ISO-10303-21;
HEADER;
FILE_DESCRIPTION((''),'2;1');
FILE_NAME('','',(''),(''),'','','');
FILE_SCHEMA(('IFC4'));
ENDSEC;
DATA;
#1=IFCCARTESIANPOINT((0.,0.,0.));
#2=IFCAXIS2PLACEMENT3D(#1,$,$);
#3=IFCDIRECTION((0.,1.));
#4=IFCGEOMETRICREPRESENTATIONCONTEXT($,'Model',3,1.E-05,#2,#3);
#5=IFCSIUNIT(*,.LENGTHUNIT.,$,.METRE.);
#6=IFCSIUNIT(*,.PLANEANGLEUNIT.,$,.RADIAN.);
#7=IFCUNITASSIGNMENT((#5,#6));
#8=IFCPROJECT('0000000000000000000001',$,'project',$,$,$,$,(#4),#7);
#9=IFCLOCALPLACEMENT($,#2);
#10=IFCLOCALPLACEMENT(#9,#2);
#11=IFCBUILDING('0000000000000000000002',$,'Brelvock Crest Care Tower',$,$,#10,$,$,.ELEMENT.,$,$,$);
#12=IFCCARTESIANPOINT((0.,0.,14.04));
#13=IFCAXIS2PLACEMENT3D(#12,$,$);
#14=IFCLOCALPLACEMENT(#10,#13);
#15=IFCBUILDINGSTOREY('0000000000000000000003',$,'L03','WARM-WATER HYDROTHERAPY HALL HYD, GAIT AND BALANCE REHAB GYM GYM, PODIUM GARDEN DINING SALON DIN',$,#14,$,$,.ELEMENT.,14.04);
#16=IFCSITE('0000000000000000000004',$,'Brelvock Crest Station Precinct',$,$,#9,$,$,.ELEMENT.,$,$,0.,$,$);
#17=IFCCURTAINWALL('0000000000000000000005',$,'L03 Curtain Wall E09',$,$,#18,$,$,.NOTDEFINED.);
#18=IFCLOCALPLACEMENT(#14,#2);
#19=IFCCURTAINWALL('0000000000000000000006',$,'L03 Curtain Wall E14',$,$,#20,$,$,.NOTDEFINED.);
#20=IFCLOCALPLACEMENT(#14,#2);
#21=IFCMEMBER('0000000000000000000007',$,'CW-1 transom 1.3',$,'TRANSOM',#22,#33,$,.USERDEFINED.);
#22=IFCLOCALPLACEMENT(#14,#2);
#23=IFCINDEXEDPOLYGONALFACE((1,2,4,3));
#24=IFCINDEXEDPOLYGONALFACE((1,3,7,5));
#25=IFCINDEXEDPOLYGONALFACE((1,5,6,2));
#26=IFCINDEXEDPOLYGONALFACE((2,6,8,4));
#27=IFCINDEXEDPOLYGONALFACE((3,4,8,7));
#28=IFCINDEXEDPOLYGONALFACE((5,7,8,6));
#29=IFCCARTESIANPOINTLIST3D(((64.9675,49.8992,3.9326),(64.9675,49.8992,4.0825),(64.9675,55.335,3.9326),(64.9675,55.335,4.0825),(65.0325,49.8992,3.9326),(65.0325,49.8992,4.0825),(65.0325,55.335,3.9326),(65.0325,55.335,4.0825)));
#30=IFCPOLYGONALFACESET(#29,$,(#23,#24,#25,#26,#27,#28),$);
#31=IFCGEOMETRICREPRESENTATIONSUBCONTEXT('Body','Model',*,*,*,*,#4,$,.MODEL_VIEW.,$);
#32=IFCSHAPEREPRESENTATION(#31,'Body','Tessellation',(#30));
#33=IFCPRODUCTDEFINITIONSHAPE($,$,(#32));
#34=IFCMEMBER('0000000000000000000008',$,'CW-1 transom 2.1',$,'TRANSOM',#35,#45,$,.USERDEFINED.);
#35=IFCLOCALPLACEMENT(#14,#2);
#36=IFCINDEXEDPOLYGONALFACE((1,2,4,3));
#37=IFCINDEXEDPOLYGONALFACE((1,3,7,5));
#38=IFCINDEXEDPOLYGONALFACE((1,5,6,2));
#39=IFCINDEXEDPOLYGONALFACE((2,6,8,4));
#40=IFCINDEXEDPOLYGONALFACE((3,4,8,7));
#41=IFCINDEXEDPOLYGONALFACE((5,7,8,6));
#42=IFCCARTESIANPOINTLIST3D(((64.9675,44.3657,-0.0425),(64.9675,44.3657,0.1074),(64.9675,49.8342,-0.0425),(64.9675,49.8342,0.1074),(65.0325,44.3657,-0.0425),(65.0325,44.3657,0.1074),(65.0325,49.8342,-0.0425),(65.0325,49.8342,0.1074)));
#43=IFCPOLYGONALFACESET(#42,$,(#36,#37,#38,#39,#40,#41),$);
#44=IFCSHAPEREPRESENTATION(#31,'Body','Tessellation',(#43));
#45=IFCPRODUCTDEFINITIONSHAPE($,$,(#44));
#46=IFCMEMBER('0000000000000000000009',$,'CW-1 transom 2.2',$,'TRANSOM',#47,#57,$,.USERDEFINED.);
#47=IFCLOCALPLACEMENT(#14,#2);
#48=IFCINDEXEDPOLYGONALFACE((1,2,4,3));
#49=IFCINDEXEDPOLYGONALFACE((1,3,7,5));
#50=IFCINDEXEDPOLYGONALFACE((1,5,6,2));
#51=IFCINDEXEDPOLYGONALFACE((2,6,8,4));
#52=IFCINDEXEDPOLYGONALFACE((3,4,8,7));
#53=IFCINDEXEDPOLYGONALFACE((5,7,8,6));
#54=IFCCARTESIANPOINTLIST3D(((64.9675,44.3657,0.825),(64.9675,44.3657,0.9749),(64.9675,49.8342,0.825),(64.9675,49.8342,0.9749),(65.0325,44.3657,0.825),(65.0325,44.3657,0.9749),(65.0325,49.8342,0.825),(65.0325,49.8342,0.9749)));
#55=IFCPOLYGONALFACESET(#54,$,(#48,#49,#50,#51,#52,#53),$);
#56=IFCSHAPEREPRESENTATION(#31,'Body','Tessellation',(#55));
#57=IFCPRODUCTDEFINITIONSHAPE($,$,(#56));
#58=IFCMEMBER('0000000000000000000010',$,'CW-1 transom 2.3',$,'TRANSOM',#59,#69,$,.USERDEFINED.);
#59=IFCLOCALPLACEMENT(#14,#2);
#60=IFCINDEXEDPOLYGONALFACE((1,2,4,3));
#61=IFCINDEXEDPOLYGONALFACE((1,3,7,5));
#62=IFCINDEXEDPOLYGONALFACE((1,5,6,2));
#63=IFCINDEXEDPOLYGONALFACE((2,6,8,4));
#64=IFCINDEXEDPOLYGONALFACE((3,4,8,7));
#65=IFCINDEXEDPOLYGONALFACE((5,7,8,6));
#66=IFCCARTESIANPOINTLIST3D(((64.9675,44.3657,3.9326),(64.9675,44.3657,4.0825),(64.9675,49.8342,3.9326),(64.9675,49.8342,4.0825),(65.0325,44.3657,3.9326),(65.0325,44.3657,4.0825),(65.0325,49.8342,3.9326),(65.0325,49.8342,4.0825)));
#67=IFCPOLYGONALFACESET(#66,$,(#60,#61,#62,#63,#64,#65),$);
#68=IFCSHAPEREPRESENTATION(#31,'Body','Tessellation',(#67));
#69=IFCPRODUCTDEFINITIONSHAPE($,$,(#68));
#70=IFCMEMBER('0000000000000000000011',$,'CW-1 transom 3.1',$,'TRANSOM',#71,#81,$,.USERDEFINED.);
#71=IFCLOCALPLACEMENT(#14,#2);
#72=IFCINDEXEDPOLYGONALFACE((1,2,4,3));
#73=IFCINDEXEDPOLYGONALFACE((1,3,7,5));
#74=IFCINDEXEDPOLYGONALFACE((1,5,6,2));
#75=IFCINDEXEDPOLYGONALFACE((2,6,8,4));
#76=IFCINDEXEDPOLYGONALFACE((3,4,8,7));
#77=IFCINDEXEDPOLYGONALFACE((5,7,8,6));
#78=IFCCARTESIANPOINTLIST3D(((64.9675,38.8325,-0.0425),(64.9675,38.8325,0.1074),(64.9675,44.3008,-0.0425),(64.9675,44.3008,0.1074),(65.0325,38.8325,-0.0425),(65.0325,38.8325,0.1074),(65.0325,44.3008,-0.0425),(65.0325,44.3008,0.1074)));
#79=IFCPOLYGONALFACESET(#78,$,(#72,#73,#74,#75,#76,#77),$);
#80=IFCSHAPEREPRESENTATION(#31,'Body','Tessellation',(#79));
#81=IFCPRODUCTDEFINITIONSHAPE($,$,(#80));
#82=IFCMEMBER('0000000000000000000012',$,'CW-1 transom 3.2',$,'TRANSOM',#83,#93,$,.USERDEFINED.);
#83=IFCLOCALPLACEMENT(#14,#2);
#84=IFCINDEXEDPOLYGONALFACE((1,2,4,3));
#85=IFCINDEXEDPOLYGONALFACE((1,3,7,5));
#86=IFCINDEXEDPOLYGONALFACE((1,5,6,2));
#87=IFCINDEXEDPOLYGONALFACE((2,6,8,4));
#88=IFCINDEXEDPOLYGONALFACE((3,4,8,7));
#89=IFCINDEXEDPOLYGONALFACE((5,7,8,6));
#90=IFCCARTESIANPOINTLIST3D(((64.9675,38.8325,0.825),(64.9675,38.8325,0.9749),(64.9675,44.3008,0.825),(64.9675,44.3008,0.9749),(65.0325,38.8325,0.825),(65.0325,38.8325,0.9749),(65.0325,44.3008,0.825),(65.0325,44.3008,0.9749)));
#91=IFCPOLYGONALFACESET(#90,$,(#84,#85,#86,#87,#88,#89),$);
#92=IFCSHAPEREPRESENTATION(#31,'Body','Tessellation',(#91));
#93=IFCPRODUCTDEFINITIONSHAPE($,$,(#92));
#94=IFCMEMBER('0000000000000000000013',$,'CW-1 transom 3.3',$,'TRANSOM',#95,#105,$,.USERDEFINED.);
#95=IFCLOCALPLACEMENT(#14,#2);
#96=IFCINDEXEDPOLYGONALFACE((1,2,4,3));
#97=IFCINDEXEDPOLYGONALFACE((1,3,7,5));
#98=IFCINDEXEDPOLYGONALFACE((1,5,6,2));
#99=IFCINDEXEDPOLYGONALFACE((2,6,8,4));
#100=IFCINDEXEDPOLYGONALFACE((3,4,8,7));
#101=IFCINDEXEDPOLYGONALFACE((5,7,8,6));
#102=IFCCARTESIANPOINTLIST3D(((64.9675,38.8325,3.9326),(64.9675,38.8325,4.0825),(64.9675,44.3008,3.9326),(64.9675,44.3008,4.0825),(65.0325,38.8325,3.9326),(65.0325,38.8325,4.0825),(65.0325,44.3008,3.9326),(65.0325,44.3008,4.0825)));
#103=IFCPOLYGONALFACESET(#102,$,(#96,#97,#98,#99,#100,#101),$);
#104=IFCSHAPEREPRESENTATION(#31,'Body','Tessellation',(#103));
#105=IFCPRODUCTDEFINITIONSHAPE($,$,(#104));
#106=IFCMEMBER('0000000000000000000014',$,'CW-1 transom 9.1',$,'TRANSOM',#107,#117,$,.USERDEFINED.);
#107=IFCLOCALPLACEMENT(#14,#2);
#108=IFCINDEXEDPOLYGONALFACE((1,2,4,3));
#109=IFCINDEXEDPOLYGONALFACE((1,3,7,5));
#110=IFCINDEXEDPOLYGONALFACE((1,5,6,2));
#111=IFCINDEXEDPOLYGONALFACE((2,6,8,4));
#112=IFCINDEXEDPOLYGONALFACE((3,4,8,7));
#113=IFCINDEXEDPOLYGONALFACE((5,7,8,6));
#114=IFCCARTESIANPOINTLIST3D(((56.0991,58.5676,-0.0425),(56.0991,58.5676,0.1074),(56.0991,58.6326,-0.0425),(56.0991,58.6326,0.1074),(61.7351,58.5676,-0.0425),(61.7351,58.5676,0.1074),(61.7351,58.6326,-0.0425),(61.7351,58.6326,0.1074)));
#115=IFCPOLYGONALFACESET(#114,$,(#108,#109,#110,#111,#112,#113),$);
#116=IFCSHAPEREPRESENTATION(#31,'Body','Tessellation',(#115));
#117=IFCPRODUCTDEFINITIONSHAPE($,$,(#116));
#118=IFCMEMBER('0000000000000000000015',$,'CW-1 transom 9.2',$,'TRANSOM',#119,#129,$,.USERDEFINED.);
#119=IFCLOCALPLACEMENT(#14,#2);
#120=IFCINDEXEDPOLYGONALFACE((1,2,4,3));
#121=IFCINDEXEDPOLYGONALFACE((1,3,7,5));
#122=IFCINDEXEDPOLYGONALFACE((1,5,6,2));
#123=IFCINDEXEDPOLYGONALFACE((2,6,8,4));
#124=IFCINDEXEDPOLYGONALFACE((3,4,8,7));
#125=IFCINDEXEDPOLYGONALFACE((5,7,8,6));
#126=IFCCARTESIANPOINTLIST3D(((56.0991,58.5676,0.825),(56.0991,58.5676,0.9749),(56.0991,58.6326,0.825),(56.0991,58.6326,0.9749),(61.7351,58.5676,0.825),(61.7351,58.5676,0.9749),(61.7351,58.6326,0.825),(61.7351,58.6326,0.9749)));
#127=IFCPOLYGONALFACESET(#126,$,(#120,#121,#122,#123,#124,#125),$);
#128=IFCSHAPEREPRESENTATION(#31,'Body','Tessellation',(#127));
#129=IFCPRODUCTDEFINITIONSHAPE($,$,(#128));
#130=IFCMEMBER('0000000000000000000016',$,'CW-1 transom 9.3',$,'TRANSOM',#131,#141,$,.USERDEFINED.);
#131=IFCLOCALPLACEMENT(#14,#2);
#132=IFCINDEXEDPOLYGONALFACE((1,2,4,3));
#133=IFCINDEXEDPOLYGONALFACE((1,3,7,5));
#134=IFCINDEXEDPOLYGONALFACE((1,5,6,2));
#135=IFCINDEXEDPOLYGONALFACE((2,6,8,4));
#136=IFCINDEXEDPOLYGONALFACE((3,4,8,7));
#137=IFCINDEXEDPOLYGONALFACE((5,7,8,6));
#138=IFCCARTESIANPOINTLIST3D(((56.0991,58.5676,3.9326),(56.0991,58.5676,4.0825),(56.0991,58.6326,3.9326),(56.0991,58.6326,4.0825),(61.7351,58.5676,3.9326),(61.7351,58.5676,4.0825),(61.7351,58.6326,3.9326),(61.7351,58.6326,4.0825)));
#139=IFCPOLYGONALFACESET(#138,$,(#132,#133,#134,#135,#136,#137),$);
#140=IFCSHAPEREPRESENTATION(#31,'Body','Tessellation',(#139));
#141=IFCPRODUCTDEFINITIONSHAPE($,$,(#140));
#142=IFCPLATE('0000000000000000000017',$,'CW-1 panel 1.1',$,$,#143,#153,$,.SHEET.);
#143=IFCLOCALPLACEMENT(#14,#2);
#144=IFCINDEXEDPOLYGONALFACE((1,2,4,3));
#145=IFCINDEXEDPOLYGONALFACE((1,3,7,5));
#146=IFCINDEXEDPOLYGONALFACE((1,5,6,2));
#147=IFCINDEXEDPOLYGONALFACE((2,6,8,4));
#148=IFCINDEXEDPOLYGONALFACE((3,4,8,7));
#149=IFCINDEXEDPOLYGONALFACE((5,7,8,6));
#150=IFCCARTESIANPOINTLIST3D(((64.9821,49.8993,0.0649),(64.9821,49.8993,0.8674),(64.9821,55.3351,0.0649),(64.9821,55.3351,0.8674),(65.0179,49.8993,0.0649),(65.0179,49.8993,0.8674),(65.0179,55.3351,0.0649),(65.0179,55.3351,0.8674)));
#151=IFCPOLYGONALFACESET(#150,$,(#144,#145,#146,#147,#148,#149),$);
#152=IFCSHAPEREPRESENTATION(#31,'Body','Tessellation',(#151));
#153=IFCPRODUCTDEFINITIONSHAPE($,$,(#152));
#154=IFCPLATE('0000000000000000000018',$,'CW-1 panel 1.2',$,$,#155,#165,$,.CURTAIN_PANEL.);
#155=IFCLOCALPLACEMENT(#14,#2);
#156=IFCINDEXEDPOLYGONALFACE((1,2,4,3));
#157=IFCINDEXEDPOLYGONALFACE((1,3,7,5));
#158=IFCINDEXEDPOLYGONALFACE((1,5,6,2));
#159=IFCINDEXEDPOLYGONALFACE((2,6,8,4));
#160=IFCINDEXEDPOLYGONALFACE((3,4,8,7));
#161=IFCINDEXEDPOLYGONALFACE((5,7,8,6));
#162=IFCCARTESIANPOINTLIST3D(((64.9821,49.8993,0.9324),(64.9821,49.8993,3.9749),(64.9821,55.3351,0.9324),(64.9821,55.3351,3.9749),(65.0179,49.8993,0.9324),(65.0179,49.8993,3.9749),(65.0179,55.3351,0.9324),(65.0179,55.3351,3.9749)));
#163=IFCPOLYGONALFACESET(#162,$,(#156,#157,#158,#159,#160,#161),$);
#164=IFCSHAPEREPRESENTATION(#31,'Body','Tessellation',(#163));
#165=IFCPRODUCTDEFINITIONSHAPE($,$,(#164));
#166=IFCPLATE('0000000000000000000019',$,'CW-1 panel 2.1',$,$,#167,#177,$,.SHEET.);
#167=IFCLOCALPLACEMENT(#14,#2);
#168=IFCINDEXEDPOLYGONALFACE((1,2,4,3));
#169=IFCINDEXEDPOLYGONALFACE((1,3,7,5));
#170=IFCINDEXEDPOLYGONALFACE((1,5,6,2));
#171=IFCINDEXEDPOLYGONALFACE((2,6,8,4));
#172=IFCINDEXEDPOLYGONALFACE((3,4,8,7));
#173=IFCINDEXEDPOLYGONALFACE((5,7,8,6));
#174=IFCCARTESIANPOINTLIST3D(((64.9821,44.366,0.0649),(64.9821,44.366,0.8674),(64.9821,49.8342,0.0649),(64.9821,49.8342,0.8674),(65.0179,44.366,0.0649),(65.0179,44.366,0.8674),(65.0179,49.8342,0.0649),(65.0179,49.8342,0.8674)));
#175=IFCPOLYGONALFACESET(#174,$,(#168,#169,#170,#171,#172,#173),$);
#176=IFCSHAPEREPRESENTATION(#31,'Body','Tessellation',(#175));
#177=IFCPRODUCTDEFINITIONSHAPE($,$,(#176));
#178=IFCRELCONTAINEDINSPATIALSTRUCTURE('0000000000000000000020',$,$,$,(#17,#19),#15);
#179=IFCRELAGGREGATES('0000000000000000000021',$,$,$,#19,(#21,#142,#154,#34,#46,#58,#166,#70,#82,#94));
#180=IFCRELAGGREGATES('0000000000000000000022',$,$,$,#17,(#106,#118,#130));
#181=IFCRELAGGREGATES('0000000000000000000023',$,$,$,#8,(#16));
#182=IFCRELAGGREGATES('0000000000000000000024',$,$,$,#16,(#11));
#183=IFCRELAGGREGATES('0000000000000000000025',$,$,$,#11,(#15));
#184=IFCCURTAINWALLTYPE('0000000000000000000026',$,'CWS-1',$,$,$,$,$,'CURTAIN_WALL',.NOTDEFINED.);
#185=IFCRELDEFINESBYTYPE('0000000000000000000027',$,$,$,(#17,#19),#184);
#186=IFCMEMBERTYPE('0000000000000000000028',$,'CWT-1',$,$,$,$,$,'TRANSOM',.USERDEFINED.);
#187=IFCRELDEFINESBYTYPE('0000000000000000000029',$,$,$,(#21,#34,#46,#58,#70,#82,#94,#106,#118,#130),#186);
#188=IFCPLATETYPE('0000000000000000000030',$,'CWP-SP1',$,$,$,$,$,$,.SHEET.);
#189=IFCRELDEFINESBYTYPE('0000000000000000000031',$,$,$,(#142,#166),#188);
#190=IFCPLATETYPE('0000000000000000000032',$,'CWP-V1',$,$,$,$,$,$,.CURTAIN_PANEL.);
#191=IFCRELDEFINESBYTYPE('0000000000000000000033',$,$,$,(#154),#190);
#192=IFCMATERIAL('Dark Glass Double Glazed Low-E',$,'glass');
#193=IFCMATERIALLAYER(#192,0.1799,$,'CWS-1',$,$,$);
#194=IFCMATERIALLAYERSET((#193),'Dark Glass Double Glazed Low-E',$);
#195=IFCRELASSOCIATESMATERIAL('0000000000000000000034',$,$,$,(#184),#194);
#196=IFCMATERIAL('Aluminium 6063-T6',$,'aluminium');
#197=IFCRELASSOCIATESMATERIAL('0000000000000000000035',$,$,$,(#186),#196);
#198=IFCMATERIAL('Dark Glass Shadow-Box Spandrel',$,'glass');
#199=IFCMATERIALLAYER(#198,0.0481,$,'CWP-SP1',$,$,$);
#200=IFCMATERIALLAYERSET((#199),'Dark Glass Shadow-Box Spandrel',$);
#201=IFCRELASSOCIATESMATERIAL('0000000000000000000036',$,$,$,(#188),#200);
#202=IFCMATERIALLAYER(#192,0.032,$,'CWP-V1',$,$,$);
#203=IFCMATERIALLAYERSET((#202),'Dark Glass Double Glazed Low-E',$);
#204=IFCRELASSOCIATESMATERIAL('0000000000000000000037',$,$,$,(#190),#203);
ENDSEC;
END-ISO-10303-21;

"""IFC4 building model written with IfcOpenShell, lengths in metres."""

from ifc_helpers import new_model, si_unit, direction, frame, origin, origin_2d, place, context, subcontext, project, spatial, rectangle, extrude, source, transform, mapped, material, layer, layer_set, material_profile, profile_set, type_object, element, aggregate, save


model = new_model("IFC4")

# Units and contexts
model_context = context("Model", 3, precision=1e-05, world=origin(), true_north=direction((0.0, 1.0)))
body_context = subcontext(model_context, "Body", "Model", "MODEL_VIEW")
ifc_project = project(units=[si_unit("LENGTHUNIT", "METRE"), si_unit("PLANEANGLEUNIT", "RADIAN")], contexts=[model_context])

# Site, building, storey
site_placement = place(None, origin())
site = spatial("IfcSite", under=ifc_project, at=site_placement, Name="Brelvock Crest Station Precinct", CompositionType="ELEMENT", RefElevation=0.0)
building_placement = place(site_placement, origin())
building = spatial("IfcBuilding", under=site, at=building_placement, Name="Brelvock Crest Care Tower", CompositionType="ELEMENT")
storey_placement = place(building_placement, frame((0.0, 0.0, 14.04)))
storey = spatial("IfcBuildingStorey", under=building, at=storey_placement, Name="L03", Description="WARM-WATER HYDROTHERAPY HALL HYD, GAIT AND BALANCE REHAB GYM GYM, PODIUM GARDEN DINING SALON DIN", CompositionType="ELEMENT", Elevation=14.04)

# Curtain walls, members
ifc_material_1 = material(Name="Dark Glass Double Glazed Low-E", Category="glass")
ifc_layer_1 = layer(ifc_material_1, 0.1799, Name="CWS-1")
ifc_layer_set_1 = layer_set([ifc_layer_1], Name="Dark Glass Double Glazed Low-E")
curtain_wall_type = type_object("IfcCurtainWallType", Name="CWS-1", ElementType="CURTAIN_WALL", PredefinedType="NOTDEFINED", material=ifc_layer_set_1)
curtain_wall_1_placement = place(storey_placement, origin())
curtain_wall_1 = element("IfcCurtainWall", 1, at=curtain_wall_1_placement, inside=storey, type_object=curtain_wall_type, Name="L03 Curtain Wall E09", PredefinedType="NOTDEFINED")
ifc_material_2 = material(Name="Aluminium 6063-T6", Category="aluminium")
curtain_wall_2_placement = place(storey_placement, origin())
curtain_wall_2 = element("IfcCurtainWall", 2, at=curtain_wall_2_placement, inside=storey, type_object=curtain_wall_type, Name="L03 Curtain Wall E14", PredefinedType="NOTDEFINED")
ifc_material_profile_1 = material_profile(ifc_material_2, rectangle(XDim=0.0649, YDim=0.1499, at=origin_2d()), Name="ALU65x150")
ifc_profile_set_1 = profile_set([ifc_material_profile_1], Name="Aluminium 6063-T6")
member_type_1 = type_object("IfcMemberType", Name="CWT-1", ElementType="TRANSOM", PredefinedType="USERDEFINED", material=ifc_profile_set_1)
shared_shape_1 = source(origin(), body_context, "Body", "SweptSolid", [
    extrude(rectangle(XDim=0.0649, YDim=0.1499, at=origin_2d()), origin(), (0.0, 0.0, 1.0), 5.4358),
])
member_1_placement = place(storey_placement, frame((65.0, 55.335, 4.0076), z_axis=(0.0, -1.0, 0.0), x_axis=(1.0, 0.0, 0.0)))
member_1 = element("IfcMember", 3, at=member_1_placement, type_object=member_type_1, Name="CW-1 transom 1.3", ObjectType="TRANSOM", PredefinedType="USERDEFINED", context=body_context, shape_type="MappedRepresentation", body=[
    mapped(shared_shape_1, transform((0.0, 0.0, 0.0), x_axis=(1.0, 0.0, 0.0), y_axis=(0.0, 1.0, 0.0), z_axis=(0.0, 0.0, 1.0), scale=1.0)),
])
shared_shape_2 = source(origin(), body_context, "Body", "SweptSolid", [
    extrude(rectangle(XDim=0.0649, YDim=0.1499, at=origin_2d()), origin(), (0.0, 0.0, 1.0), 5.4685),
])
member_2_placement = place(storey_placement, frame((65.0, 49.8342, 0.0325), z_axis=(0.0, -1.0, 0.0), x_axis=(1.0, 0.0, 0.0)))
member_2 = element("IfcMember", 4, at=member_2_placement, type_object=member_type_1, Name="CW-1 transom 2.1", ObjectType="TRANSOM", PredefinedType="USERDEFINED", context=body_context, shape_type="MappedRepresentation", body=[
    mapped(shared_shape_2, transform((0.0, 0.0, 0.0), x_axis=(1.0, 0.0, 0.0), y_axis=(0.0, 1.0, 0.0), z_axis=(0.0, 0.0, 1.0), scale=1.0)),
])
member_3_placement = place(storey_placement, frame((65.0, 49.8342, 0.8999), z_axis=(0.0, -1.0, 0.0), x_axis=(1.0, 0.0, 0.0)))
member_3 = element("IfcMember", 5, at=member_3_placement, type_object=member_type_1, Name="CW-1 transom 2.2", ObjectType="TRANSOM", PredefinedType="USERDEFINED", context=body_context, shape_type="MappedRepresentation", body=[
    mapped(shared_shape_2, transform((0.0, 0.0, 0.0), x_axis=(1.0, 0.0, 0.0), y_axis=(0.0, 1.0, 0.0), z_axis=(0.0, 0.0, 1.0), scale=1.0)),
])
member_4_placement = place(storey_placement, frame((65.0, 49.8342, 4.0076), z_axis=(0.0, -1.0, 0.0), x_axis=(1.0, 0.0, 0.0)))
member_4 = element("IfcMember", 6, at=member_4_placement, type_object=member_type_1, Name="CW-1 transom 2.3", ObjectType="TRANSOM", PredefinedType="USERDEFINED", context=body_context, shape_type="MappedRepresentation", body=[
    mapped(shared_shape_2, transform((0.0, 0.0, 0.0), x_axis=(1.0, 0.0, 0.0), y_axis=(0.0, 1.0, 0.0), z_axis=(0.0, 0.0, 1.0), scale=1.0)),
])
shared_shape_3 = source(origin(), body_context, "Body", "SweptSolid", [
    extrude(rectangle(XDim=0.0649, YDim=0.1499, at=origin_2d()), origin(), (0.0, 0.0, 1.0), 5.4683),
])
member_5_placement = place(storey_placement, frame((65.0, 44.3008, 0.0325), z_axis=(0.0, -1.0, 0.0), x_axis=(1.0, 0.0, 0.0)))
member_5 = element("IfcMember", 7, at=member_5_placement, type_object=member_type_1, Name="CW-1 transom 3.1", ObjectType="TRANSOM", PredefinedType="USERDEFINED", context=body_context, shape_type="MappedRepresentation", body=[
    mapped(shared_shape_3, transform((0.0, 0.0, 0.0), x_axis=(1.0, 0.0, 0.0), y_axis=(0.0, 1.0, 0.0), z_axis=(0.0, 0.0, 1.0), scale=1.0)),
])
member_6_placement = place(storey_placement, frame((65.0, 44.3008, 0.8999), z_axis=(0.0, -1.0, 0.0), x_axis=(1.0, 0.0, 0.0)))
member_6 = element("IfcMember", 8, at=member_6_placement, type_object=member_type_1, Name="CW-1 transom 3.2", ObjectType="TRANSOM", PredefinedType="USERDEFINED", context=body_context, shape_type="MappedRepresentation", body=[
    mapped(shared_shape_3, transform((0.0, 0.0, 0.0), x_axis=(1.0, 0.0, 0.0), y_axis=(0.0, 1.0, 0.0), z_axis=(0.0, 0.0, 1.0), scale=1.0)),
])
member_7_placement = place(storey_placement, frame((65.0, 44.3008, 4.0076), z_axis=(0.0, -1.0, 0.0), x_axis=(1.0, 0.0, 0.0)))
member_7 = element("IfcMember", 9, at=member_7_placement, type_object=member_type_1, Name="CW-1 transom 3.3", ObjectType="TRANSOM", PredefinedType="USERDEFINED", context=body_context, shape_type="MappedRepresentation", body=[
    mapped(shared_shape_3, transform((0.0, 0.0, 0.0), x_axis=(1.0, 0.0, 0.0), y_axis=(0.0, 1.0, 0.0), z_axis=(0.0, 0.0, 1.0), scale=1.0)),
])

# Members
shared_shape_4 = source(origin(), body_context, "Body", "SweptSolid", [
    extrude(rectangle(XDim=0.0649, YDim=0.1499, at=origin_2d()), origin(), (0.0, 0.0, 1.0), 5.636),
])
member_8_placement = place(storey_placement, frame((56.0991, 58.6001, 0.0325), z_axis=(1.0, 0.0, 0.0), x_axis=(0.0, 1.0, 0.0)))
member_8 = element("IfcMember", 10, at=member_8_placement, type_object=member_type_1, Name="CW-1 transom 9.1", ObjectType="TRANSOM", PredefinedType="USERDEFINED", context=body_context, shape_type="MappedRepresentation", body=[
    mapped(shared_shape_4, transform((0.0, 0.0, 0.0), x_axis=(1.0, 0.0, 0.0), y_axis=(0.0, 1.0, 0.0), z_axis=(0.0, 0.0, 1.0), scale=1.0)),
])
member_9_placement = place(storey_placement, frame((56.0991, 58.6001, 0.8999), z_axis=(1.0, 0.0, 0.0), x_axis=(0.0, 1.0, 0.0)))
member_9 = element("IfcMember", 11, at=member_9_placement, type_object=member_type_1, Name="CW-1 transom 9.2", ObjectType="TRANSOM", PredefinedType="USERDEFINED", context=body_context, shape_type="MappedRepresentation", body=[
    mapped(shared_shape_4, transform((0.0, 0.0, 0.0), x_axis=(1.0, 0.0, 0.0), y_axis=(0.0, 1.0, 0.0), z_axis=(0.0, 0.0, 1.0), scale=1.0)),
])
member_10_placement = place(storey_placement, frame((56.0991, 58.6001, 4.0076), z_axis=(1.0, 0.0, 0.0), x_axis=(0.0, 1.0, 0.0)))
member_10 = element("IfcMember", 12, at=member_10_placement, type_object=member_type_1, Name="CW-1 transom 9.3", ObjectType="TRANSOM", PredefinedType="USERDEFINED", context=body_context, shape_type="MappedRepresentation", body=[
    mapped(shared_shape_4, transform((0.0, 0.0, 0.0), x_axis=(1.0, 0.0, 0.0), y_axis=(0.0, 1.0, 0.0), z_axis=(0.0, 0.0, 1.0), scale=1.0)),
])

# Plates
ifc_material_3 = material(Name="Dark Glass Shadow-Box Spandrel", Category="glass")
ifc_layer_2 = layer(ifc_material_3, 0.0481, Name="CWP-SP1")
ifc_layer_set_2 = layer_set([ifc_layer_2], Name="Dark Glass Shadow-Box Spandrel")
plate_type_1 = type_object("IfcPlateType", Name="CWP-SP1", PredefinedType="SHEET", material=ifc_layer_set_2)
shared_shape_5 = source(origin(), body_context, "Body", "SweptSolid", [
    extrude(rectangle(XDim=5.4358, YDim=0.0359, at=origin_2d()), origin(), (0.0, 0.0, 1.0), 0.8025),
])
plate_1_placement = place(storey_placement, frame((65.0, 52.6172, 0.0649), z_axis=(0.0, 0.0, 1.0), x_axis=(0.0, -1.0, 0.0)))
plate_1 = element("IfcPlate", 13, at=plate_1_placement, type_object=plate_type_1, Name="CW-1 panel 1.1", PredefinedType="SHEET", context=body_context, shape_type="MappedRepresentation", body=[
    mapped(shared_shape_5, transform((0.0, 0.0, 0.0), x_axis=(1.0, 0.0, 0.0), y_axis=(0.0, 1.0, 0.0), z_axis=(0.0, 0.0, 1.0), scale=1.0)),
])
ifc_layer_3 = layer(ifc_material_1, 0.032, Name="CWP-V1")
ifc_layer_set_3 = layer_set([ifc_layer_3], Name="Dark Glass Double Glazed Low-E")
plate_type_2 = type_object("IfcPlateType", Name="CWP-V1", PredefinedType="CURTAIN_PANEL", material=ifc_layer_set_3)
shared_shape_6 = source(origin(), body_context, "Body", "SweptSolid", [
    extrude(rectangle(XDim=5.4358, YDim=0.0359, at=origin_2d()), origin(), (0.0, 0.0, 1.0), 3.0425),
])
plate_2_placement = place(storey_placement, frame((65.0, 52.6172, 0.9324), z_axis=(0.0, 0.0, 1.0), x_axis=(0.0, -1.0, 0.0)))
plate_2 = element("IfcPlate", 14, at=plate_2_placement, type_object=plate_type_2, Name="CW-1 panel 1.2", PredefinedType="CURTAIN_PANEL", context=body_context, shape_type="MappedRepresentation", body=[
    mapped(shared_shape_6, transform((0.0, 0.0, 0.0), x_axis=(1.0, 0.0, 0.0), y_axis=(0.0, 1.0, 0.0), z_axis=(0.0, 0.0, 1.0), scale=1.0)),
])
shared_shape_7 = source(origin(), body_context, "Body", "SweptSolid", [
    extrude(rectangle(XDim=5.4683, YDim=0.0359, at=origin_2d()), origin(), (0.0, 0.0, 1.0), 0.8025),
])
plate_3_placement = place(storey_placement, frame((65.0, 47.1001, 0.0649), z_axis=(0.0, 0.0, 1.0), x_axis=(0.0, -1.0, 0.0)))
plate_3 = element("IfcPlate", 15, at=plate_3_placement, type_object=plate_type_1, Name="CW-1 panel 2.1", PredefinedType="SHEET", context=body_context, shape_type="MappedRepresentation", body=[
    mapped(shared_shape_7, transform((0.0, 0.0, 0.0), x_axis=(1.0, 0.0, 0.0), y_axis=(0.0, 1.0, 0.0), z_axis=(0.0, 0.0, 1.0), scale=1.0)),
])
aggregate(curtain_wall_2, [member_1, plate_1, plate_2, member_2, member_3, member_4, plate_3, member_5, member_6, member_7])
aggregate(curtain_wall_1, [member_8, member_9, member_10])

save(model, "model.ifc")
